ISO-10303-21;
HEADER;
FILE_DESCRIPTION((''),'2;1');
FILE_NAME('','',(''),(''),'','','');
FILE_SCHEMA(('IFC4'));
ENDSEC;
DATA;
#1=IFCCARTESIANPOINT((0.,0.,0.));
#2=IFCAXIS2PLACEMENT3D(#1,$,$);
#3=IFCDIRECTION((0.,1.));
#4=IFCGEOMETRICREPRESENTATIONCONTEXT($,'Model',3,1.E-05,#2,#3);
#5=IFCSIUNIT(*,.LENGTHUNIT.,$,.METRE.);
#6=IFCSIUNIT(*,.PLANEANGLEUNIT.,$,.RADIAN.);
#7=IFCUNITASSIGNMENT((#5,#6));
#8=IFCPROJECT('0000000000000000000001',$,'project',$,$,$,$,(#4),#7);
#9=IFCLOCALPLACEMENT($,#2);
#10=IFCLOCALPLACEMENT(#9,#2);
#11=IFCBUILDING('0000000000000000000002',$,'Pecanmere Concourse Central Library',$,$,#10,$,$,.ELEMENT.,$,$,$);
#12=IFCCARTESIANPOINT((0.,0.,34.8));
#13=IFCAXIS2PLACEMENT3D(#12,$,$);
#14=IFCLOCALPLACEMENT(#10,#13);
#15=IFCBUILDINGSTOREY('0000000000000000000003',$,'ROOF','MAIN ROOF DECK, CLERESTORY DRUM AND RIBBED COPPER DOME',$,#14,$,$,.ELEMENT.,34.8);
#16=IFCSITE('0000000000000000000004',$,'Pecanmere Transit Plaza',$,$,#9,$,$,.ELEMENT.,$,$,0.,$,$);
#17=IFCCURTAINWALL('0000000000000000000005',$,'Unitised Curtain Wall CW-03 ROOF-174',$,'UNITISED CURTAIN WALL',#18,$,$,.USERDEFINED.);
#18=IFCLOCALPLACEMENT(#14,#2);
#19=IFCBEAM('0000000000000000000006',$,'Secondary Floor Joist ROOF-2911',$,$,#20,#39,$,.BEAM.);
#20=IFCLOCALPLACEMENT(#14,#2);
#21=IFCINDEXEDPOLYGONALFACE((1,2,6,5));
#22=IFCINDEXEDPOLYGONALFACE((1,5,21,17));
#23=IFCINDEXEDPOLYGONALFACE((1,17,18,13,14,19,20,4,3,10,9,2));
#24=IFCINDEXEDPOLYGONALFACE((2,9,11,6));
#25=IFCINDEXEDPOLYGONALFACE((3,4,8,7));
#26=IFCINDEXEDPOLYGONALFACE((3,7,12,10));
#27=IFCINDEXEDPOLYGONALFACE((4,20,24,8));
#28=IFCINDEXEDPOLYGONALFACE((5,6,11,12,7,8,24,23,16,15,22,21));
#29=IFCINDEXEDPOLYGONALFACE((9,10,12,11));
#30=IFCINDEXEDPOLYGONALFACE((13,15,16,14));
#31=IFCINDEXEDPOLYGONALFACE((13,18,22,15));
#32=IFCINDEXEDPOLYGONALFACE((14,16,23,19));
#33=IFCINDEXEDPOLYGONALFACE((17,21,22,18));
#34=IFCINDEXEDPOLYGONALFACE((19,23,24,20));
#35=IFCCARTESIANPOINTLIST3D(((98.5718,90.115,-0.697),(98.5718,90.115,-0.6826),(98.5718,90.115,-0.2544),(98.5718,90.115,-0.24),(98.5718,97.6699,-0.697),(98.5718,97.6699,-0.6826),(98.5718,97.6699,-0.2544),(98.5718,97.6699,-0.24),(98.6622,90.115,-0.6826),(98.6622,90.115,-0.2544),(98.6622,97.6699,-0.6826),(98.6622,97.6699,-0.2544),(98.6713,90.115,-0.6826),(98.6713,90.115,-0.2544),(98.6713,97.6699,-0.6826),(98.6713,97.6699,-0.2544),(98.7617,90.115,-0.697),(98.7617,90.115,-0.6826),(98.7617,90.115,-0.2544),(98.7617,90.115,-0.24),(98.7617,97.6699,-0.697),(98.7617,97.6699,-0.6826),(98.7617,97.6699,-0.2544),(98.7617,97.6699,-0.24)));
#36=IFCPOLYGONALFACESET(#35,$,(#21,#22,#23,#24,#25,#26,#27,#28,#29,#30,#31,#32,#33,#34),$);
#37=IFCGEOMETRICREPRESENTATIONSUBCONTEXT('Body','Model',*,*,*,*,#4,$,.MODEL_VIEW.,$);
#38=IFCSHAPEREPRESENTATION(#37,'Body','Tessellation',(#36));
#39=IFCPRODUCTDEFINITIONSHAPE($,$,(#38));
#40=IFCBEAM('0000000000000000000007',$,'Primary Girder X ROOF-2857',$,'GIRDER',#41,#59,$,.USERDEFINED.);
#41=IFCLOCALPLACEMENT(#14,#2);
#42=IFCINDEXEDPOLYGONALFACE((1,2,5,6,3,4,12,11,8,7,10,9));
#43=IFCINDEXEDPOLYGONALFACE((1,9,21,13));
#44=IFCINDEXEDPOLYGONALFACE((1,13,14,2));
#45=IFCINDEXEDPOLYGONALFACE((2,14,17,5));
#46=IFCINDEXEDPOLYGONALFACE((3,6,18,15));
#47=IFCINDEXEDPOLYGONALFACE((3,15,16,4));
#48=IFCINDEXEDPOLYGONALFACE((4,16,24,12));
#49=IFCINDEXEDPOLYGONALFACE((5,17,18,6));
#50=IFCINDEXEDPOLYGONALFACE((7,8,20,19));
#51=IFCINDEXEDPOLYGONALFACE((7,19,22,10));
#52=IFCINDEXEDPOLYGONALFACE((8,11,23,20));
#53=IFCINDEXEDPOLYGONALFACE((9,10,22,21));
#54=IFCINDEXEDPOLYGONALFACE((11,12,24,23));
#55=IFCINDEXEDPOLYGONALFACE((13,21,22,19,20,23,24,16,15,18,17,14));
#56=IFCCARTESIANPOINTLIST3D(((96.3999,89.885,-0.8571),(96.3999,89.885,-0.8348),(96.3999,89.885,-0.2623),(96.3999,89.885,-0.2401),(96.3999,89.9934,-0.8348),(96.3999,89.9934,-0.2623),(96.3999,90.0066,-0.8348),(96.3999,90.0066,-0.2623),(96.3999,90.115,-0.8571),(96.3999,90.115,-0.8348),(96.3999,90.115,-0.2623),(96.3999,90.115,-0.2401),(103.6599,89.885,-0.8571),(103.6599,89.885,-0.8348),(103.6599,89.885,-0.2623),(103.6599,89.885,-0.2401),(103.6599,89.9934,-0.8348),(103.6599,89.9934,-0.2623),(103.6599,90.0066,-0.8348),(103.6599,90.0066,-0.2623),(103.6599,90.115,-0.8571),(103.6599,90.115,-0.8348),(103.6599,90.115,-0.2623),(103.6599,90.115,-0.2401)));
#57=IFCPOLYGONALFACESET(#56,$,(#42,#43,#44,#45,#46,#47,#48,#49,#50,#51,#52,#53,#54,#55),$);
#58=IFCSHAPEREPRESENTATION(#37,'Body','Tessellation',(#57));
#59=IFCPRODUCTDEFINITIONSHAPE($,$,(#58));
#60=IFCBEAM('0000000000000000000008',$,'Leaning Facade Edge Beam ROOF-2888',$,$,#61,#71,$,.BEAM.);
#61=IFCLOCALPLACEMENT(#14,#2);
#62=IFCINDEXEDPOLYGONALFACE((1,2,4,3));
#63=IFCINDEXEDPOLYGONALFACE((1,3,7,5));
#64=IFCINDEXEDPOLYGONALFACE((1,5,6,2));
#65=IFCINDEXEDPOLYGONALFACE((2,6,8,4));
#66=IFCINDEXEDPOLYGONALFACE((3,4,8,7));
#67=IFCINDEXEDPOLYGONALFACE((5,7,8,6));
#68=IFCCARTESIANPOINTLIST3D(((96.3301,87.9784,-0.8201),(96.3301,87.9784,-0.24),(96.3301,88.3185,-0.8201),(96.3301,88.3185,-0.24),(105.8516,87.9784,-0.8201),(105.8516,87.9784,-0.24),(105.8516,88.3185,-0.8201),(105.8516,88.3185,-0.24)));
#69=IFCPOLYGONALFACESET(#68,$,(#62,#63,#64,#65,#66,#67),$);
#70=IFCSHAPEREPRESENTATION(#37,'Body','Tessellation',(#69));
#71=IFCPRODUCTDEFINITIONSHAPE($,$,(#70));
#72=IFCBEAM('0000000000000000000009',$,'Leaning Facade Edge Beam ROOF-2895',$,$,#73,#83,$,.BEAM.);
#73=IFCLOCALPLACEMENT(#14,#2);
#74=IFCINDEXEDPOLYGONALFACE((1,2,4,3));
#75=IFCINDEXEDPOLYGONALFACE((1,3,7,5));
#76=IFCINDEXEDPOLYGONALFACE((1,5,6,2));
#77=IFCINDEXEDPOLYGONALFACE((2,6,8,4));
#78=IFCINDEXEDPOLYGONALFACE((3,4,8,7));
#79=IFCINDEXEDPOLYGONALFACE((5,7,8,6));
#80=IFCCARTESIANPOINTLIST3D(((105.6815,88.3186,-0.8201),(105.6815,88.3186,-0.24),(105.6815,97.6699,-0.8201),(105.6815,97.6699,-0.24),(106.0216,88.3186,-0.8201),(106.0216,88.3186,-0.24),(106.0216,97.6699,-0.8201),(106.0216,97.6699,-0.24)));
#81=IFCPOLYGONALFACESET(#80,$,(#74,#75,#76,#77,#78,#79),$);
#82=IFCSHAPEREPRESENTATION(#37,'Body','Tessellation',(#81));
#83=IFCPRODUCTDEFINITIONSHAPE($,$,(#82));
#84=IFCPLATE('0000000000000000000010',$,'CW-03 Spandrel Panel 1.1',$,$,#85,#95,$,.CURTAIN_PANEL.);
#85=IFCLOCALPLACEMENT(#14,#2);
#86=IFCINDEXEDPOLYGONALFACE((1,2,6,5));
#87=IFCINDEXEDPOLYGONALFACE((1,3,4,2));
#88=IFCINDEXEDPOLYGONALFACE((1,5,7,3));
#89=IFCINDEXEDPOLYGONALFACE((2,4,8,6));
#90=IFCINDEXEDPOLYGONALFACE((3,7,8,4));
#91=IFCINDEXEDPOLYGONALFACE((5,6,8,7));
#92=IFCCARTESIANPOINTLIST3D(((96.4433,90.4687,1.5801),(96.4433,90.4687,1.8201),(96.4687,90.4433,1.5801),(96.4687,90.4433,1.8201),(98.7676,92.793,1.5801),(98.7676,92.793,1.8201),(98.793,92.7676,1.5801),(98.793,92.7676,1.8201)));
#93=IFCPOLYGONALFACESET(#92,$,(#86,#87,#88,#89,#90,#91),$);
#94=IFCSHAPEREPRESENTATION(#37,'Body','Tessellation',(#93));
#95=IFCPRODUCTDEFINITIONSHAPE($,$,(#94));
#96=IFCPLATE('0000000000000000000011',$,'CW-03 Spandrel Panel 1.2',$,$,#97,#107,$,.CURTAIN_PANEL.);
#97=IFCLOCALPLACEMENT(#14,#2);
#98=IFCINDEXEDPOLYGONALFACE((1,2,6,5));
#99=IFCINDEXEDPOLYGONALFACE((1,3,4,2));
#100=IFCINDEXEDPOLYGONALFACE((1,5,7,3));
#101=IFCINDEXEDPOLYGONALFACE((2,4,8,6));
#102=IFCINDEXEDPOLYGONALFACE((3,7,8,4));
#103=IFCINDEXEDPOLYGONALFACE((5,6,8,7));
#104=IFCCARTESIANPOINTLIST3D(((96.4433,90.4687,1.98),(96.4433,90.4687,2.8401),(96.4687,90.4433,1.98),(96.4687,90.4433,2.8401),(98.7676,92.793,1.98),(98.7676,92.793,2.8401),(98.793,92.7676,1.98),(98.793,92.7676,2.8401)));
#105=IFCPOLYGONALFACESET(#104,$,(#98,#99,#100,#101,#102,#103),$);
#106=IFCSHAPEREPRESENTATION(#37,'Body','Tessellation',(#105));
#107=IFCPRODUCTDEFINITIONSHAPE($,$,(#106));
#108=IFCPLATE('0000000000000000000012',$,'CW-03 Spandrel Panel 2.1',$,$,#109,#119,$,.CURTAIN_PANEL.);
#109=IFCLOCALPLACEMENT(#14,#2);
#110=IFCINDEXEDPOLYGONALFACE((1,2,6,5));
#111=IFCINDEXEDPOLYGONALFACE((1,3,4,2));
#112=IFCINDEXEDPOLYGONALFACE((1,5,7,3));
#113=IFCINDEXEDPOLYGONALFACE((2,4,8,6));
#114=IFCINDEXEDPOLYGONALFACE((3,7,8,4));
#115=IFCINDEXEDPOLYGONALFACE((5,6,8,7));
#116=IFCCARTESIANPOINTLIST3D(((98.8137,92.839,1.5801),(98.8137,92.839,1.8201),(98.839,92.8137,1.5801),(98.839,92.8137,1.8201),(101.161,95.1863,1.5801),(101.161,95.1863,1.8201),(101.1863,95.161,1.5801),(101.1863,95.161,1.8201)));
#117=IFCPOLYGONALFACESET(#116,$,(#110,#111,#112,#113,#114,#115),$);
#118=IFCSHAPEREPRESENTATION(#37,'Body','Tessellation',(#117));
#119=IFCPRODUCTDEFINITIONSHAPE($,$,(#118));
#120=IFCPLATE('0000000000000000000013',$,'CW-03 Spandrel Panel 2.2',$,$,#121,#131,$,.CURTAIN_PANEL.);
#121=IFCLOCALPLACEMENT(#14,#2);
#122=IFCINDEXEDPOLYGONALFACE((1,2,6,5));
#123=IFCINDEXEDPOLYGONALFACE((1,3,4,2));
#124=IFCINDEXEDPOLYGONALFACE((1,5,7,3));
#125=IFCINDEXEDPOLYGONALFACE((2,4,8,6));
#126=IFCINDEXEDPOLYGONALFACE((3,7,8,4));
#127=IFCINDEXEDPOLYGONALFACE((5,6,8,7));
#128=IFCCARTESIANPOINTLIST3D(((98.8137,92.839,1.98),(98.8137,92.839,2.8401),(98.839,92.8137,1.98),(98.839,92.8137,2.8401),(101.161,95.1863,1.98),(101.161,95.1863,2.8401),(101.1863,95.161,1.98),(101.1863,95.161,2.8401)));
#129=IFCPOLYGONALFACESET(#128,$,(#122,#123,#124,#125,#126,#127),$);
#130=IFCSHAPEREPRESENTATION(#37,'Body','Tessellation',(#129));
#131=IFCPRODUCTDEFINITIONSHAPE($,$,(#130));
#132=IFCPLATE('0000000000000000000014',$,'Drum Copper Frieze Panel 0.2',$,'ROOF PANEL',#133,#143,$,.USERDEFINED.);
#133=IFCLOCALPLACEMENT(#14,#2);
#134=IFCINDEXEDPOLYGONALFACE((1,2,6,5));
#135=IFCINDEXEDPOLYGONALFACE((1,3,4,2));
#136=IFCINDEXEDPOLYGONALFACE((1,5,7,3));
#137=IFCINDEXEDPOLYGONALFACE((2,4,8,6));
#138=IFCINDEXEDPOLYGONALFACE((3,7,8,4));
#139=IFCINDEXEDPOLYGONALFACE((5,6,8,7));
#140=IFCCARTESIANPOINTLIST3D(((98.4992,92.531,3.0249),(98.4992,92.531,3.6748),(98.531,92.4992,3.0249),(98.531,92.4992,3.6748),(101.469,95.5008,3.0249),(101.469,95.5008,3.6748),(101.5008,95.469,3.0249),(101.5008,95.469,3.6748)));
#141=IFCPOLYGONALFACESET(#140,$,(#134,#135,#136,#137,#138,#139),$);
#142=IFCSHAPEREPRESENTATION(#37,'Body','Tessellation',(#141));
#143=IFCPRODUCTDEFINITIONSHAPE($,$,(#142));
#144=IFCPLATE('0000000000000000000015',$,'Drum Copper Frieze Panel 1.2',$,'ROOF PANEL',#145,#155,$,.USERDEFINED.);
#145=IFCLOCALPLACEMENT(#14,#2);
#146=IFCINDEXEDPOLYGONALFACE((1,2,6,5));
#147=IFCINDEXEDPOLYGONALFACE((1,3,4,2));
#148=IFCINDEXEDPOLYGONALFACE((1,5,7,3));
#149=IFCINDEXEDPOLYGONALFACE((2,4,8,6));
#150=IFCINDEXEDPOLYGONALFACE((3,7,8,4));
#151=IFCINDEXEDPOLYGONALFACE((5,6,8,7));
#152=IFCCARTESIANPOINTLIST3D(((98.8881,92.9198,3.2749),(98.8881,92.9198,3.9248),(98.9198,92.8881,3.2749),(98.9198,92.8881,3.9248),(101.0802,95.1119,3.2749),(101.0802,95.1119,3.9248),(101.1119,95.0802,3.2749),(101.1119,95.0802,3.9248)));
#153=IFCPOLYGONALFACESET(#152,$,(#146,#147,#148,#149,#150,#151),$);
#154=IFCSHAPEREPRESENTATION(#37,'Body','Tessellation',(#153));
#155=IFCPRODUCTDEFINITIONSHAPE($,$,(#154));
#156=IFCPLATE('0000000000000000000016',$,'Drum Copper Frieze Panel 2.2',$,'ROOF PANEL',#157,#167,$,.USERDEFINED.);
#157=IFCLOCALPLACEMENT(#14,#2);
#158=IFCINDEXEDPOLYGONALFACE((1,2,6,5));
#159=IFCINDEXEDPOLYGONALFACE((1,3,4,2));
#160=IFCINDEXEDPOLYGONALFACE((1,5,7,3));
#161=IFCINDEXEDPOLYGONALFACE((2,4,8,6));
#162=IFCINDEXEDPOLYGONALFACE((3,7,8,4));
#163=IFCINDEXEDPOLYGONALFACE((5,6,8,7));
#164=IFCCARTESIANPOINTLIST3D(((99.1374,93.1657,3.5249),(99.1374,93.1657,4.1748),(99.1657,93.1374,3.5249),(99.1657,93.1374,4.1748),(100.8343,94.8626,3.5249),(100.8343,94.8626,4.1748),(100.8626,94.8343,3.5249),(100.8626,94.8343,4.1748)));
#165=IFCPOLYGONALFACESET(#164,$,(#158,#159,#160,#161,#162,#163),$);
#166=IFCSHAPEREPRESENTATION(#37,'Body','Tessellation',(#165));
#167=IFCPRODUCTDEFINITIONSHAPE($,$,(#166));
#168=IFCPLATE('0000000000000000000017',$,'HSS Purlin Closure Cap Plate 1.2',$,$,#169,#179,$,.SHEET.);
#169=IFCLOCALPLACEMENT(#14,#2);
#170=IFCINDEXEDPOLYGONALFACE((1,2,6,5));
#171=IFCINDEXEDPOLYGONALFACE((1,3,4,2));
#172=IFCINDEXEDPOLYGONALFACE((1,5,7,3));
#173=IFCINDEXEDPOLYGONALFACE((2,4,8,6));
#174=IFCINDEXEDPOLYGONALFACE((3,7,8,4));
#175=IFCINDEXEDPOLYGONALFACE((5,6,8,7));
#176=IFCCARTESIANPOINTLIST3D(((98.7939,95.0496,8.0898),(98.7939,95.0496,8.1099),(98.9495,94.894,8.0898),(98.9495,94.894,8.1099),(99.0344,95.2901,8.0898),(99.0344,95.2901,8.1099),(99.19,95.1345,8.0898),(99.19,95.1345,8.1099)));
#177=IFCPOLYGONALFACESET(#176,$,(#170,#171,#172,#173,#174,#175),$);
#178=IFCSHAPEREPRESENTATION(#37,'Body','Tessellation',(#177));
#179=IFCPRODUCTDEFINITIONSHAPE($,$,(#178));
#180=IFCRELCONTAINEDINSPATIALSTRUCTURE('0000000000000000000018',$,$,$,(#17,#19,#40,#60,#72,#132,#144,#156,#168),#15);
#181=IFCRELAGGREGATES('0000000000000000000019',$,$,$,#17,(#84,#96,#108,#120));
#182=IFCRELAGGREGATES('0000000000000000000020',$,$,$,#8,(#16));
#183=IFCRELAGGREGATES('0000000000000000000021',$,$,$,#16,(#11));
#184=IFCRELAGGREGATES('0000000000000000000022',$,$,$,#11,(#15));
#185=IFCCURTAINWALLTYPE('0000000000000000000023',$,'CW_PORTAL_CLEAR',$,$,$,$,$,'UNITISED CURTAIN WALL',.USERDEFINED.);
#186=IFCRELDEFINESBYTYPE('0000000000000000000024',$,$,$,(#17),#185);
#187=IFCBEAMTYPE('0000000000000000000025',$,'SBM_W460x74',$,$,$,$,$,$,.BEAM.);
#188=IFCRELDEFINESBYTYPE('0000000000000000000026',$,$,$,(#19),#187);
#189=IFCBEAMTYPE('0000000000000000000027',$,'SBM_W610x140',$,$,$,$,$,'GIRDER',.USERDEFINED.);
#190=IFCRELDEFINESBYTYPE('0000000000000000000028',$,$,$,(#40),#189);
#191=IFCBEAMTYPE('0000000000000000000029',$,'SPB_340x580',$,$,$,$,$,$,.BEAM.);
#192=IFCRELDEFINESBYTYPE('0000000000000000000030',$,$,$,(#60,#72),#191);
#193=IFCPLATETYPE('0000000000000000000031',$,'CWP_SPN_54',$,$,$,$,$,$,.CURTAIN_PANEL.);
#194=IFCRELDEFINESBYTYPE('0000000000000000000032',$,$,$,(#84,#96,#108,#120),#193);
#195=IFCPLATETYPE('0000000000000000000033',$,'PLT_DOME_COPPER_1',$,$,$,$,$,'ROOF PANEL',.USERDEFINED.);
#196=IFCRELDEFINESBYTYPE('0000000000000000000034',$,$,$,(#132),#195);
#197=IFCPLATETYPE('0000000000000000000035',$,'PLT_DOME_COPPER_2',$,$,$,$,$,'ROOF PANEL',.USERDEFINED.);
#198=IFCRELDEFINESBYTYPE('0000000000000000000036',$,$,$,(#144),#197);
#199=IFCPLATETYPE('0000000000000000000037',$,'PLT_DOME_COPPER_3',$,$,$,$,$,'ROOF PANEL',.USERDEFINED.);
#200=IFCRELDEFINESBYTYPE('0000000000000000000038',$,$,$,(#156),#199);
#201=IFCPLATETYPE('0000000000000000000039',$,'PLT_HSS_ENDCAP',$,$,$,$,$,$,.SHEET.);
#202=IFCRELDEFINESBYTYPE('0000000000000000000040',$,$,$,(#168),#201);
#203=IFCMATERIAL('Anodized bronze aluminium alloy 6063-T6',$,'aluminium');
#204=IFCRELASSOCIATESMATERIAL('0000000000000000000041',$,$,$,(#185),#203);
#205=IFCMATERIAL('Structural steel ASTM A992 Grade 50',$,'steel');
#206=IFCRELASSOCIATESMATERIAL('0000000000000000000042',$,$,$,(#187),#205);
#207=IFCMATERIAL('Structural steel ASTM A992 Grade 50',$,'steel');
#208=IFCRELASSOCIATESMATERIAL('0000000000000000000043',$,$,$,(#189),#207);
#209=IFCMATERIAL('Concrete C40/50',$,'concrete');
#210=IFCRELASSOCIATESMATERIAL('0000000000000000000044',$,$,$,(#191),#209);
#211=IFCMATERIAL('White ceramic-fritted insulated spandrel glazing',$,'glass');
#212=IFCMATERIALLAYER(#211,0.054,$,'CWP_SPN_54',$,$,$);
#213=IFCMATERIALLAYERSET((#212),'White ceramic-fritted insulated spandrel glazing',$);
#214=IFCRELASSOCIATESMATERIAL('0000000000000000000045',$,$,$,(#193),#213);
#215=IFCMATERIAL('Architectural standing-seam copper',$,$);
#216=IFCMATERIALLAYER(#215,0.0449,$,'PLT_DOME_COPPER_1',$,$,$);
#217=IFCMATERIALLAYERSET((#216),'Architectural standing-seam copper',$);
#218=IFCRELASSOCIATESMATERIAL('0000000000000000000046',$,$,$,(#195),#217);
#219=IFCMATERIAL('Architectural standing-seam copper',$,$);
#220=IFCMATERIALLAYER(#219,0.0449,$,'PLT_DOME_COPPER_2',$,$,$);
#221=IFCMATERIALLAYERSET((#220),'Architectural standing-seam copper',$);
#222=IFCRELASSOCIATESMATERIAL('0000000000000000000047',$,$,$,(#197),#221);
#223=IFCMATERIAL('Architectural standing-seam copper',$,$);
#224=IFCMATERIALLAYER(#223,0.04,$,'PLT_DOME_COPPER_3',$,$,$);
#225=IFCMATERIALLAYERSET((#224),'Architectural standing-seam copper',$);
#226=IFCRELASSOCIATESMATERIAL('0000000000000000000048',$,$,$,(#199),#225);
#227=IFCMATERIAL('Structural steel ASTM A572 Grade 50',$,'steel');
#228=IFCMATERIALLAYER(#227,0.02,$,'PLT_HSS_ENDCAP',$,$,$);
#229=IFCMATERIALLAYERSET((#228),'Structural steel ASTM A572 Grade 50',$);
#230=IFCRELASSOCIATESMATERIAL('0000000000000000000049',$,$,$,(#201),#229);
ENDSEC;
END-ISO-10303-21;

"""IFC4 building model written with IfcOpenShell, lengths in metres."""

from ifc_helpers import new_model, si_unit, direction, frame, origin, origin_2d, place, context, subcontext, project, spatial, rectangle, i_section, extrude, material, layer, layer_set, material_profile, profile_set, type_object, element, aggregate, save


model = new_model("IFC4")

# Units and contexts
model_context = context("Model", 3, precision=1e-05, world=origin(), true_north=direction((0.0, 1.0)))
body_context = subcontext(model_context, "Body", "Model", "MODEL_VIEW")
ifc_project = project(units=[si_unit("LENGTHUNIT", "METRE"), si_unit("PLANEANGLEUNIT", "RADIAN")], contexts=[model_context])

# Site, building, storey
site_placement = place(None, origin())
site = spatial("IfcSite", under=ifc_project, at=site_placement, Name="Pecanmere Transit Plaza", CompositionType="ELEMENT", RefElevation=0.0)
building_placement = place(site_placement, origin())
building = spatial("IfcBuilding", under=site, at=building_placement, Name="Pecanmere Concourse Central Library", CompositionType="ELEMENT")
storey_placement = place(building_placement, frame((0.0, 0.0, 34.8)))
storey = spatial("IfcBuildingStorey", under=building, at=storey_placement, Name="ROOF", Description="MAIN ROOF DECK, CLERESTORY DRUM AND RIBBED COPPER DOME", CompositionType="ELEMENT", Elevation=34.8)

# Curtain wall
ifc_material_1 = material(Name="Anodized bronze aluminium alloy 6063-T6", Category="aluminium")
curtain_wall_type = type_object("IfcCurtainWallType", Name="CW_PORTAL_CLEAR", ElementType="UNITISED CURTAIN WALL", PredefinedType="USERDEFINED", material=ifc_material_1)
curtain_wall_placement = place(storey_placement, origin())
curtain_wall = element("IfcCurtainWall", 1, at=curtain_wall_placement, inside=storey, type_object=curtain_wall_type, Name="Unitised Curtain Wall CW-03 ROOF-174", ObjectType="UNITISED CURTAIN WALL", PredefinedType="USERDEFINED")

# Beams
ifc_material_2 = material(Name="Structural steel ASTM A992 Grade 50", Category="steel")
ifc_material_profile_1 = material_profile(ifc_material_2, i_section(OverallWidth=0.1899, OverallDepth=0.457, WebThickness=0.009, FlangeThickness=0.0144, at=origin_2d()), Name="W460x74")
ifc_profile_set_1 = profile_set([ifc_material_profile_1], Name="Structural steel ASTM A992 Grade 50")
beam_type_1 = type_object("IfcBeamType", Name="SBM_W460x74", PredefinedType="BEAM", material=ifc_profile_set_1)
beam_1_placement = place(storey_placement, frame((98.6667, 90.115, -0.4685), z_axis=(0.0, 1.0, 0.0), x_axis=(-1.0, 0.0, 0.0)))
element("IfcBeam", 2, at=beam_1_placement, inside=storey, type_object=beam_type_1, Name="Secondary Floor Joist ROOF-2911", PredefinedType="BEAM", context=body_context, shape_type="SweptSolid", body=[
    extrude(i_section(OverallWidth=0.1899, OverallDepth=0.457, WebThickness=0.009, FlangeThickness=0.0144, at=origin_2d()), origin(), (0.0, 0.0, 1.0), 7.5549),
])
ifc_material_3 = material(Name="Structural steel ASTM A992 Grade 50", Category="steel")
ifc_material_profile_2 = material_profile(ifc_material_3, i_section(OverallWidth=0.23, OverallDepth=0.6169, WebThickness=0.0132, FlangeThickness=0.0222, at=origin_2d()), Name="W610x140")
ifc_profile_set_2 = profile_set([ifc_material_profile_2], Name="Structural steel ASTM A992 Grade 50")
beam_type_2 = type_object("IfcBeamType", Name="SBM_W610x140", ElementType="GIRDER", PredefinedType="USERDEFINED", material=ifc_profile_set_2)
beam_2_placement = place(storey_placement, frame((96.3999, 90.0, -0.5486), z_axis=(1.0, 0.0, 0.0), x_axis=(0.0, 1.0, 0.0)))
element("IfcBeam", 3, at=beam_2_placement, inside=storey, type_object=beam_type_2, Name="Primary Girder X ROOF-2857", ObjectType="GIRDER", PredefinedType="USERDEFINED", context=body_context, shape_type="SweptSolid", body=[
    extrude(i_section(OverallWidth=0.23, OverallDepth=0.6169, WebThickness=0.0132, FlangeThickness=0.0222, at=origin_2d()), origin(), (0.0, 0.0, 1.0), 7.26),
])
ifc_material_4 = material(Name="Concrete C40/50", Category="concrete")
ifc_material_profile_3 = material_profile(ifc_material_4, rectangle(XDim=0.3401, YDim=0.5801, at=origin_2d()), Name="RC 340x580")
ifc_profile_set_3 = profile_set([ifc_material_profile_3], Name="Concrete C40/50")
beam_type_3 = type_object("IfcBeamType", Name="SPB_340x580", PredefinedType="BEAM", material=ifc_profile_set_3)
beam_3_placement = place(storey_placement, frame((96.3301, 88.1484, -0.53), z_axis=(1.0, 0.0, 0.0), x_axis=(0.0, 1.0, 0.0)))
element("IfcBeam", 4, at=beam_3_placement, inside=storey, type_object=beam_type_3, Name="Leaning Facade Edge Beam ROOF-2888", PredefinedType="BEAM", context=body_context, shape_type="SweptSolid", body=[
    extrude(rectangle(XDim=0.3401, YDim=0.5801, at=origin_2d()), origin(), (0.0, 0.0, 1.0), 9.5215),
])
beam_4_placement = place(storey_placement, frame((105.8516, 88.3186, -0.53), z_axis=(0.0, 1.0, 0.0), x_axis=(-1.0, 0.0, 0.0)))
element("IfcBeam", 5, at=beam_4_placement, inside=storey, type_object=beam_type_3, Name="Leaning Facade Edge Beam ROOF-2895", PredefinedType="BEAM", context=body_context, shape_type="SweptSolid", body=[
    extrude(rectangle(XDim=0.3401, YDim=0.5801, at=origin_2d()), origin(), (0.0, 0.0, 1.0), 9.3513),
])

# Plates
ifc_material_5 = material(Name="White ceramic-fritted insulated spandrel glazing", Category="glass")
ifc_layer_1 = layer(ifc_material_5, 0.054, Name="CWP_SPN_54")
ifc_layer_set_1 = layer_set([ifc_layer_1], Name="White ceramic-fritted insulated spandrel glazing")
plate_type_1 = type_object("IfcPlateType", Name="CWP_SPN_54", PredefinedType="CURTAIN_PANEL", material=ifc_layer_set_1)
plate_1_placement = place(storey_placement, frame((97.6182, 91.6182, 1.5801), z_axis=(0.0, 0.0, 1.0), x_axis=(0.707107, 0.707107, 0.0)))
plate_1 = element("IfcPlate", 6, at=plate_1_placement, type_object=plate_type_1, Name="CW-03 Spandrel Panel 1.1", PredefinedType="CURTAIN_PANEL", context=body_context, shape_type="SweptSolid", body=[
    extrude(rectangle(XDim=3.2871, YDim=0.0359, at=origin_2d()), origin(), (0.0, 0.0, 1.0), 0.24),
])
plate_2_placement = place(storey_placement, frame((97.6182, 91.6182, 1.98), z_axis=(0.0, 0.0, 1.0), x_axis=(0.707107, 0.707107, 0.0)))
plate_2 = element("IfcPlate", 7, at=plate_2_placement, type_object=plate_type_1, Name="CW-03 Spandrel Panel 1.2", PredefinedType="CURTAIN_PANEL", context=body_context, shape_type="SweptSolid", body=[
    extrude(rectangle(XDim=3.2871, YDim=0.0359, at=origin_2d()), origin(), (0.0, 0.0, 1.0), 0.8601),
])
plate_3_placement = place(storey_placement, frame((100.0, 94.0, 1.5801), z_axis=(0.0, 0.0, 1.0), x_axis=(0.707107, 0.707107, 0.0)))
plate_3 = element("IfcPlate", 8, at=plate_3_placement, type_object=plate_type_1, Name="CW-03 Spandrel Panel 2.1", PredefinedType="CURTAIN_PANEL", context=body_context, shape_type="SweptSolid", body=[
    extrude(rectangle(XDim=3.3196, YDim=0.0359, at=origin_2d()), origin(), (0.0, 0.0, 1.0), 0.24),
])
plate_4_placement = place(storey_placement, frame((100.0, 94.0, 1.98), z_axis=(0.0, 0.0, 1.0), x_axis=(0.707107, 0.707107, 0.0)))
plate_4 = element("IfcPlate", 9, at=plate_4_placement, type_object=plate_type_1, Name="CW-03 Spandrel Panel 2.2", PredefinedType="CURTAIN_PANEL", context=body_context, shape_type="SweptSolid", body=[
    extrude(rectangle(XDim=3.3196, YDim=0.0359, at=origin_2d()), origin(), (0.0, 0.0, 1.0), 0.8601),
])
aggregate(curtain_wall, [plate_1, plate_2, plate_3, plate_4])

# Plates
ifc_material_6 = material(Name="Architectural standing-seam copper")
ifc_layer_2 = layer(ifc_material_6, 0.0449, Name="PLT_DOME_COPPER_1")
ifc_layer_set_2 = layer_set([ifc_layer_2], Name="Architectural standing-seam copper")
plate_type_2 = type_object("IfcPlateType", Name="PLT_DOME_COPPER_1", ElementType="ROOF PANEL", PredefinedType="USERDEFINED", material=ifc_layer_set_2)
plate_5_placement = place(storey_placement, frame((100.0, 94.0, 3.0249), z_axis=(0.0, 0.0, 1.0), x_axis=(0.707107, 0.707107, 0.0)))
element("IfcPlate", 10, at=plate_5_placement, inside=storey, type_object=plate_type_2, Name="Drum Copper Frieze Panel 0.2", ObjectType="ROOF PANEL", PredefinedType="USERDEFINED", context=body_context, shape_type="SweptSolid", body=[
    extrude(rectangle(XDim=4.2, YDim=0.0449, at=origin_2d()), origin(), (0.0, 0.0, 1.0), 0.6499),
])
ifc_material_7 = material(Name="Architectural standing-seam copper")
ifc_layer_3 = layer(ifc_material_7, 0.0449, Name="PLT_DOME_COPPER_2")
ifc_layer_set_3 = layer_set([ifc_layer_3], Name="Architectural standing-seam copper")
plate_type_3 = type_object("IfcPlateType", Name="PLT_DOME_COPPER_2", ElementType="ROOF PANEL", PredefinedType="USERDEFINED", material=ifc_layer_set_3)
plate_6_placement = place(storey_placement, frame((100.0, 94.0, 3.2749), z_axis=(0.0, 0.0, 1.0), x_axis=(0.707107, 0.707107, 0.0)))
element("IfcPlate", 11, at=plate_6_placement, inside=storey, type_object=plate_type_3, Name="Drum Copper Frieze Panel 1.2", ObjectType="ROOF PANEL", PredefinedType="USERDEFINED", context=body_context, shape_type="SweptSolid", body=[
    extrude(rectangle(XDim=3.1001, YDim=0.0449, at=origin_2d()), origin(), (0.0, 0.0, 1.0), 0.6499),
])
ifc_material_8 = material(Name="Architectural standing-seam copper")
ifc_layer_4 = layer(ifc_material_8, 0.04, Name="PLT_DOME_COPPER_3")
ifc_layer_set_4 = layer_set([ifc_layer_4], Name="Architectural standing-seam copper")
plate_type_4 = type_object("IfcPlateType", Name="PLT_DOME_COPPER_3", ElementType="ROOF PANEL", PredefinedType="USERDEFINED", material=ifc_layer_set_4)
plate_7_placement = place(storey_placement, frame((100.0, 94.0, 3.5249), z_axis=(0.0, 0.0, 1.0), x_axis=(0.707107, 0.707107, 0.0)))
element("IfcPlate", 12, at=plate_7_placement, inside=storey, type_object=plate_type_4, Name="Drum Copper Frieze Panel 2.2", ObjectType="ROOF PANEL", PredefinedType="USERDEFINED", context=body_context, shape_type="SweptSolid", body=[
    extrude(rectangle(XDim=2.3999, YDim=0.04, at=origin_2d()), origin(), (0.0, 0.0, 1.0), 0.6499),
])
ifc_material_9 = material(Name="Structural steel ASTM A572 Grade 50", Category="steel")
ifc_layer_5 = layer(ifc_material_9, 0.02, Name="PLT_HSS_ENDCAP")
ifc_layer_set_5 = layer_set([ifc_layer_5], Name="Structural steel ASTM A572 Grade 50")
plate_type_5 = type_object("IfcPlateType", Name="PLT_HSS_ENDCAP", PredefinedType="SHEET", material=ifc_layer_set_5)
plate_8_placement = place(storey_placement, frame((98.9919, 95.092, 8.0898), z_axis=(0.0, 0.0, 1.0), x_axis=(0.707107, 0.707107, 0.0)))
element("IfcPlate", 13, at=plate_8_placement, inside=storey, type_object=plate_type_5, Name="HSS Purlin Closure Cap Plate 1.2", PredefinedType="SHEET", context=body_context, shape_type="SweptSolid", body=[
    extrude(rectangle(XDim=0.3401, YDim=0.22, at=origin_2d()), origin(), (0.0, 0.0, 1.0), 0.02),
])

save(model, "model.ifc")
